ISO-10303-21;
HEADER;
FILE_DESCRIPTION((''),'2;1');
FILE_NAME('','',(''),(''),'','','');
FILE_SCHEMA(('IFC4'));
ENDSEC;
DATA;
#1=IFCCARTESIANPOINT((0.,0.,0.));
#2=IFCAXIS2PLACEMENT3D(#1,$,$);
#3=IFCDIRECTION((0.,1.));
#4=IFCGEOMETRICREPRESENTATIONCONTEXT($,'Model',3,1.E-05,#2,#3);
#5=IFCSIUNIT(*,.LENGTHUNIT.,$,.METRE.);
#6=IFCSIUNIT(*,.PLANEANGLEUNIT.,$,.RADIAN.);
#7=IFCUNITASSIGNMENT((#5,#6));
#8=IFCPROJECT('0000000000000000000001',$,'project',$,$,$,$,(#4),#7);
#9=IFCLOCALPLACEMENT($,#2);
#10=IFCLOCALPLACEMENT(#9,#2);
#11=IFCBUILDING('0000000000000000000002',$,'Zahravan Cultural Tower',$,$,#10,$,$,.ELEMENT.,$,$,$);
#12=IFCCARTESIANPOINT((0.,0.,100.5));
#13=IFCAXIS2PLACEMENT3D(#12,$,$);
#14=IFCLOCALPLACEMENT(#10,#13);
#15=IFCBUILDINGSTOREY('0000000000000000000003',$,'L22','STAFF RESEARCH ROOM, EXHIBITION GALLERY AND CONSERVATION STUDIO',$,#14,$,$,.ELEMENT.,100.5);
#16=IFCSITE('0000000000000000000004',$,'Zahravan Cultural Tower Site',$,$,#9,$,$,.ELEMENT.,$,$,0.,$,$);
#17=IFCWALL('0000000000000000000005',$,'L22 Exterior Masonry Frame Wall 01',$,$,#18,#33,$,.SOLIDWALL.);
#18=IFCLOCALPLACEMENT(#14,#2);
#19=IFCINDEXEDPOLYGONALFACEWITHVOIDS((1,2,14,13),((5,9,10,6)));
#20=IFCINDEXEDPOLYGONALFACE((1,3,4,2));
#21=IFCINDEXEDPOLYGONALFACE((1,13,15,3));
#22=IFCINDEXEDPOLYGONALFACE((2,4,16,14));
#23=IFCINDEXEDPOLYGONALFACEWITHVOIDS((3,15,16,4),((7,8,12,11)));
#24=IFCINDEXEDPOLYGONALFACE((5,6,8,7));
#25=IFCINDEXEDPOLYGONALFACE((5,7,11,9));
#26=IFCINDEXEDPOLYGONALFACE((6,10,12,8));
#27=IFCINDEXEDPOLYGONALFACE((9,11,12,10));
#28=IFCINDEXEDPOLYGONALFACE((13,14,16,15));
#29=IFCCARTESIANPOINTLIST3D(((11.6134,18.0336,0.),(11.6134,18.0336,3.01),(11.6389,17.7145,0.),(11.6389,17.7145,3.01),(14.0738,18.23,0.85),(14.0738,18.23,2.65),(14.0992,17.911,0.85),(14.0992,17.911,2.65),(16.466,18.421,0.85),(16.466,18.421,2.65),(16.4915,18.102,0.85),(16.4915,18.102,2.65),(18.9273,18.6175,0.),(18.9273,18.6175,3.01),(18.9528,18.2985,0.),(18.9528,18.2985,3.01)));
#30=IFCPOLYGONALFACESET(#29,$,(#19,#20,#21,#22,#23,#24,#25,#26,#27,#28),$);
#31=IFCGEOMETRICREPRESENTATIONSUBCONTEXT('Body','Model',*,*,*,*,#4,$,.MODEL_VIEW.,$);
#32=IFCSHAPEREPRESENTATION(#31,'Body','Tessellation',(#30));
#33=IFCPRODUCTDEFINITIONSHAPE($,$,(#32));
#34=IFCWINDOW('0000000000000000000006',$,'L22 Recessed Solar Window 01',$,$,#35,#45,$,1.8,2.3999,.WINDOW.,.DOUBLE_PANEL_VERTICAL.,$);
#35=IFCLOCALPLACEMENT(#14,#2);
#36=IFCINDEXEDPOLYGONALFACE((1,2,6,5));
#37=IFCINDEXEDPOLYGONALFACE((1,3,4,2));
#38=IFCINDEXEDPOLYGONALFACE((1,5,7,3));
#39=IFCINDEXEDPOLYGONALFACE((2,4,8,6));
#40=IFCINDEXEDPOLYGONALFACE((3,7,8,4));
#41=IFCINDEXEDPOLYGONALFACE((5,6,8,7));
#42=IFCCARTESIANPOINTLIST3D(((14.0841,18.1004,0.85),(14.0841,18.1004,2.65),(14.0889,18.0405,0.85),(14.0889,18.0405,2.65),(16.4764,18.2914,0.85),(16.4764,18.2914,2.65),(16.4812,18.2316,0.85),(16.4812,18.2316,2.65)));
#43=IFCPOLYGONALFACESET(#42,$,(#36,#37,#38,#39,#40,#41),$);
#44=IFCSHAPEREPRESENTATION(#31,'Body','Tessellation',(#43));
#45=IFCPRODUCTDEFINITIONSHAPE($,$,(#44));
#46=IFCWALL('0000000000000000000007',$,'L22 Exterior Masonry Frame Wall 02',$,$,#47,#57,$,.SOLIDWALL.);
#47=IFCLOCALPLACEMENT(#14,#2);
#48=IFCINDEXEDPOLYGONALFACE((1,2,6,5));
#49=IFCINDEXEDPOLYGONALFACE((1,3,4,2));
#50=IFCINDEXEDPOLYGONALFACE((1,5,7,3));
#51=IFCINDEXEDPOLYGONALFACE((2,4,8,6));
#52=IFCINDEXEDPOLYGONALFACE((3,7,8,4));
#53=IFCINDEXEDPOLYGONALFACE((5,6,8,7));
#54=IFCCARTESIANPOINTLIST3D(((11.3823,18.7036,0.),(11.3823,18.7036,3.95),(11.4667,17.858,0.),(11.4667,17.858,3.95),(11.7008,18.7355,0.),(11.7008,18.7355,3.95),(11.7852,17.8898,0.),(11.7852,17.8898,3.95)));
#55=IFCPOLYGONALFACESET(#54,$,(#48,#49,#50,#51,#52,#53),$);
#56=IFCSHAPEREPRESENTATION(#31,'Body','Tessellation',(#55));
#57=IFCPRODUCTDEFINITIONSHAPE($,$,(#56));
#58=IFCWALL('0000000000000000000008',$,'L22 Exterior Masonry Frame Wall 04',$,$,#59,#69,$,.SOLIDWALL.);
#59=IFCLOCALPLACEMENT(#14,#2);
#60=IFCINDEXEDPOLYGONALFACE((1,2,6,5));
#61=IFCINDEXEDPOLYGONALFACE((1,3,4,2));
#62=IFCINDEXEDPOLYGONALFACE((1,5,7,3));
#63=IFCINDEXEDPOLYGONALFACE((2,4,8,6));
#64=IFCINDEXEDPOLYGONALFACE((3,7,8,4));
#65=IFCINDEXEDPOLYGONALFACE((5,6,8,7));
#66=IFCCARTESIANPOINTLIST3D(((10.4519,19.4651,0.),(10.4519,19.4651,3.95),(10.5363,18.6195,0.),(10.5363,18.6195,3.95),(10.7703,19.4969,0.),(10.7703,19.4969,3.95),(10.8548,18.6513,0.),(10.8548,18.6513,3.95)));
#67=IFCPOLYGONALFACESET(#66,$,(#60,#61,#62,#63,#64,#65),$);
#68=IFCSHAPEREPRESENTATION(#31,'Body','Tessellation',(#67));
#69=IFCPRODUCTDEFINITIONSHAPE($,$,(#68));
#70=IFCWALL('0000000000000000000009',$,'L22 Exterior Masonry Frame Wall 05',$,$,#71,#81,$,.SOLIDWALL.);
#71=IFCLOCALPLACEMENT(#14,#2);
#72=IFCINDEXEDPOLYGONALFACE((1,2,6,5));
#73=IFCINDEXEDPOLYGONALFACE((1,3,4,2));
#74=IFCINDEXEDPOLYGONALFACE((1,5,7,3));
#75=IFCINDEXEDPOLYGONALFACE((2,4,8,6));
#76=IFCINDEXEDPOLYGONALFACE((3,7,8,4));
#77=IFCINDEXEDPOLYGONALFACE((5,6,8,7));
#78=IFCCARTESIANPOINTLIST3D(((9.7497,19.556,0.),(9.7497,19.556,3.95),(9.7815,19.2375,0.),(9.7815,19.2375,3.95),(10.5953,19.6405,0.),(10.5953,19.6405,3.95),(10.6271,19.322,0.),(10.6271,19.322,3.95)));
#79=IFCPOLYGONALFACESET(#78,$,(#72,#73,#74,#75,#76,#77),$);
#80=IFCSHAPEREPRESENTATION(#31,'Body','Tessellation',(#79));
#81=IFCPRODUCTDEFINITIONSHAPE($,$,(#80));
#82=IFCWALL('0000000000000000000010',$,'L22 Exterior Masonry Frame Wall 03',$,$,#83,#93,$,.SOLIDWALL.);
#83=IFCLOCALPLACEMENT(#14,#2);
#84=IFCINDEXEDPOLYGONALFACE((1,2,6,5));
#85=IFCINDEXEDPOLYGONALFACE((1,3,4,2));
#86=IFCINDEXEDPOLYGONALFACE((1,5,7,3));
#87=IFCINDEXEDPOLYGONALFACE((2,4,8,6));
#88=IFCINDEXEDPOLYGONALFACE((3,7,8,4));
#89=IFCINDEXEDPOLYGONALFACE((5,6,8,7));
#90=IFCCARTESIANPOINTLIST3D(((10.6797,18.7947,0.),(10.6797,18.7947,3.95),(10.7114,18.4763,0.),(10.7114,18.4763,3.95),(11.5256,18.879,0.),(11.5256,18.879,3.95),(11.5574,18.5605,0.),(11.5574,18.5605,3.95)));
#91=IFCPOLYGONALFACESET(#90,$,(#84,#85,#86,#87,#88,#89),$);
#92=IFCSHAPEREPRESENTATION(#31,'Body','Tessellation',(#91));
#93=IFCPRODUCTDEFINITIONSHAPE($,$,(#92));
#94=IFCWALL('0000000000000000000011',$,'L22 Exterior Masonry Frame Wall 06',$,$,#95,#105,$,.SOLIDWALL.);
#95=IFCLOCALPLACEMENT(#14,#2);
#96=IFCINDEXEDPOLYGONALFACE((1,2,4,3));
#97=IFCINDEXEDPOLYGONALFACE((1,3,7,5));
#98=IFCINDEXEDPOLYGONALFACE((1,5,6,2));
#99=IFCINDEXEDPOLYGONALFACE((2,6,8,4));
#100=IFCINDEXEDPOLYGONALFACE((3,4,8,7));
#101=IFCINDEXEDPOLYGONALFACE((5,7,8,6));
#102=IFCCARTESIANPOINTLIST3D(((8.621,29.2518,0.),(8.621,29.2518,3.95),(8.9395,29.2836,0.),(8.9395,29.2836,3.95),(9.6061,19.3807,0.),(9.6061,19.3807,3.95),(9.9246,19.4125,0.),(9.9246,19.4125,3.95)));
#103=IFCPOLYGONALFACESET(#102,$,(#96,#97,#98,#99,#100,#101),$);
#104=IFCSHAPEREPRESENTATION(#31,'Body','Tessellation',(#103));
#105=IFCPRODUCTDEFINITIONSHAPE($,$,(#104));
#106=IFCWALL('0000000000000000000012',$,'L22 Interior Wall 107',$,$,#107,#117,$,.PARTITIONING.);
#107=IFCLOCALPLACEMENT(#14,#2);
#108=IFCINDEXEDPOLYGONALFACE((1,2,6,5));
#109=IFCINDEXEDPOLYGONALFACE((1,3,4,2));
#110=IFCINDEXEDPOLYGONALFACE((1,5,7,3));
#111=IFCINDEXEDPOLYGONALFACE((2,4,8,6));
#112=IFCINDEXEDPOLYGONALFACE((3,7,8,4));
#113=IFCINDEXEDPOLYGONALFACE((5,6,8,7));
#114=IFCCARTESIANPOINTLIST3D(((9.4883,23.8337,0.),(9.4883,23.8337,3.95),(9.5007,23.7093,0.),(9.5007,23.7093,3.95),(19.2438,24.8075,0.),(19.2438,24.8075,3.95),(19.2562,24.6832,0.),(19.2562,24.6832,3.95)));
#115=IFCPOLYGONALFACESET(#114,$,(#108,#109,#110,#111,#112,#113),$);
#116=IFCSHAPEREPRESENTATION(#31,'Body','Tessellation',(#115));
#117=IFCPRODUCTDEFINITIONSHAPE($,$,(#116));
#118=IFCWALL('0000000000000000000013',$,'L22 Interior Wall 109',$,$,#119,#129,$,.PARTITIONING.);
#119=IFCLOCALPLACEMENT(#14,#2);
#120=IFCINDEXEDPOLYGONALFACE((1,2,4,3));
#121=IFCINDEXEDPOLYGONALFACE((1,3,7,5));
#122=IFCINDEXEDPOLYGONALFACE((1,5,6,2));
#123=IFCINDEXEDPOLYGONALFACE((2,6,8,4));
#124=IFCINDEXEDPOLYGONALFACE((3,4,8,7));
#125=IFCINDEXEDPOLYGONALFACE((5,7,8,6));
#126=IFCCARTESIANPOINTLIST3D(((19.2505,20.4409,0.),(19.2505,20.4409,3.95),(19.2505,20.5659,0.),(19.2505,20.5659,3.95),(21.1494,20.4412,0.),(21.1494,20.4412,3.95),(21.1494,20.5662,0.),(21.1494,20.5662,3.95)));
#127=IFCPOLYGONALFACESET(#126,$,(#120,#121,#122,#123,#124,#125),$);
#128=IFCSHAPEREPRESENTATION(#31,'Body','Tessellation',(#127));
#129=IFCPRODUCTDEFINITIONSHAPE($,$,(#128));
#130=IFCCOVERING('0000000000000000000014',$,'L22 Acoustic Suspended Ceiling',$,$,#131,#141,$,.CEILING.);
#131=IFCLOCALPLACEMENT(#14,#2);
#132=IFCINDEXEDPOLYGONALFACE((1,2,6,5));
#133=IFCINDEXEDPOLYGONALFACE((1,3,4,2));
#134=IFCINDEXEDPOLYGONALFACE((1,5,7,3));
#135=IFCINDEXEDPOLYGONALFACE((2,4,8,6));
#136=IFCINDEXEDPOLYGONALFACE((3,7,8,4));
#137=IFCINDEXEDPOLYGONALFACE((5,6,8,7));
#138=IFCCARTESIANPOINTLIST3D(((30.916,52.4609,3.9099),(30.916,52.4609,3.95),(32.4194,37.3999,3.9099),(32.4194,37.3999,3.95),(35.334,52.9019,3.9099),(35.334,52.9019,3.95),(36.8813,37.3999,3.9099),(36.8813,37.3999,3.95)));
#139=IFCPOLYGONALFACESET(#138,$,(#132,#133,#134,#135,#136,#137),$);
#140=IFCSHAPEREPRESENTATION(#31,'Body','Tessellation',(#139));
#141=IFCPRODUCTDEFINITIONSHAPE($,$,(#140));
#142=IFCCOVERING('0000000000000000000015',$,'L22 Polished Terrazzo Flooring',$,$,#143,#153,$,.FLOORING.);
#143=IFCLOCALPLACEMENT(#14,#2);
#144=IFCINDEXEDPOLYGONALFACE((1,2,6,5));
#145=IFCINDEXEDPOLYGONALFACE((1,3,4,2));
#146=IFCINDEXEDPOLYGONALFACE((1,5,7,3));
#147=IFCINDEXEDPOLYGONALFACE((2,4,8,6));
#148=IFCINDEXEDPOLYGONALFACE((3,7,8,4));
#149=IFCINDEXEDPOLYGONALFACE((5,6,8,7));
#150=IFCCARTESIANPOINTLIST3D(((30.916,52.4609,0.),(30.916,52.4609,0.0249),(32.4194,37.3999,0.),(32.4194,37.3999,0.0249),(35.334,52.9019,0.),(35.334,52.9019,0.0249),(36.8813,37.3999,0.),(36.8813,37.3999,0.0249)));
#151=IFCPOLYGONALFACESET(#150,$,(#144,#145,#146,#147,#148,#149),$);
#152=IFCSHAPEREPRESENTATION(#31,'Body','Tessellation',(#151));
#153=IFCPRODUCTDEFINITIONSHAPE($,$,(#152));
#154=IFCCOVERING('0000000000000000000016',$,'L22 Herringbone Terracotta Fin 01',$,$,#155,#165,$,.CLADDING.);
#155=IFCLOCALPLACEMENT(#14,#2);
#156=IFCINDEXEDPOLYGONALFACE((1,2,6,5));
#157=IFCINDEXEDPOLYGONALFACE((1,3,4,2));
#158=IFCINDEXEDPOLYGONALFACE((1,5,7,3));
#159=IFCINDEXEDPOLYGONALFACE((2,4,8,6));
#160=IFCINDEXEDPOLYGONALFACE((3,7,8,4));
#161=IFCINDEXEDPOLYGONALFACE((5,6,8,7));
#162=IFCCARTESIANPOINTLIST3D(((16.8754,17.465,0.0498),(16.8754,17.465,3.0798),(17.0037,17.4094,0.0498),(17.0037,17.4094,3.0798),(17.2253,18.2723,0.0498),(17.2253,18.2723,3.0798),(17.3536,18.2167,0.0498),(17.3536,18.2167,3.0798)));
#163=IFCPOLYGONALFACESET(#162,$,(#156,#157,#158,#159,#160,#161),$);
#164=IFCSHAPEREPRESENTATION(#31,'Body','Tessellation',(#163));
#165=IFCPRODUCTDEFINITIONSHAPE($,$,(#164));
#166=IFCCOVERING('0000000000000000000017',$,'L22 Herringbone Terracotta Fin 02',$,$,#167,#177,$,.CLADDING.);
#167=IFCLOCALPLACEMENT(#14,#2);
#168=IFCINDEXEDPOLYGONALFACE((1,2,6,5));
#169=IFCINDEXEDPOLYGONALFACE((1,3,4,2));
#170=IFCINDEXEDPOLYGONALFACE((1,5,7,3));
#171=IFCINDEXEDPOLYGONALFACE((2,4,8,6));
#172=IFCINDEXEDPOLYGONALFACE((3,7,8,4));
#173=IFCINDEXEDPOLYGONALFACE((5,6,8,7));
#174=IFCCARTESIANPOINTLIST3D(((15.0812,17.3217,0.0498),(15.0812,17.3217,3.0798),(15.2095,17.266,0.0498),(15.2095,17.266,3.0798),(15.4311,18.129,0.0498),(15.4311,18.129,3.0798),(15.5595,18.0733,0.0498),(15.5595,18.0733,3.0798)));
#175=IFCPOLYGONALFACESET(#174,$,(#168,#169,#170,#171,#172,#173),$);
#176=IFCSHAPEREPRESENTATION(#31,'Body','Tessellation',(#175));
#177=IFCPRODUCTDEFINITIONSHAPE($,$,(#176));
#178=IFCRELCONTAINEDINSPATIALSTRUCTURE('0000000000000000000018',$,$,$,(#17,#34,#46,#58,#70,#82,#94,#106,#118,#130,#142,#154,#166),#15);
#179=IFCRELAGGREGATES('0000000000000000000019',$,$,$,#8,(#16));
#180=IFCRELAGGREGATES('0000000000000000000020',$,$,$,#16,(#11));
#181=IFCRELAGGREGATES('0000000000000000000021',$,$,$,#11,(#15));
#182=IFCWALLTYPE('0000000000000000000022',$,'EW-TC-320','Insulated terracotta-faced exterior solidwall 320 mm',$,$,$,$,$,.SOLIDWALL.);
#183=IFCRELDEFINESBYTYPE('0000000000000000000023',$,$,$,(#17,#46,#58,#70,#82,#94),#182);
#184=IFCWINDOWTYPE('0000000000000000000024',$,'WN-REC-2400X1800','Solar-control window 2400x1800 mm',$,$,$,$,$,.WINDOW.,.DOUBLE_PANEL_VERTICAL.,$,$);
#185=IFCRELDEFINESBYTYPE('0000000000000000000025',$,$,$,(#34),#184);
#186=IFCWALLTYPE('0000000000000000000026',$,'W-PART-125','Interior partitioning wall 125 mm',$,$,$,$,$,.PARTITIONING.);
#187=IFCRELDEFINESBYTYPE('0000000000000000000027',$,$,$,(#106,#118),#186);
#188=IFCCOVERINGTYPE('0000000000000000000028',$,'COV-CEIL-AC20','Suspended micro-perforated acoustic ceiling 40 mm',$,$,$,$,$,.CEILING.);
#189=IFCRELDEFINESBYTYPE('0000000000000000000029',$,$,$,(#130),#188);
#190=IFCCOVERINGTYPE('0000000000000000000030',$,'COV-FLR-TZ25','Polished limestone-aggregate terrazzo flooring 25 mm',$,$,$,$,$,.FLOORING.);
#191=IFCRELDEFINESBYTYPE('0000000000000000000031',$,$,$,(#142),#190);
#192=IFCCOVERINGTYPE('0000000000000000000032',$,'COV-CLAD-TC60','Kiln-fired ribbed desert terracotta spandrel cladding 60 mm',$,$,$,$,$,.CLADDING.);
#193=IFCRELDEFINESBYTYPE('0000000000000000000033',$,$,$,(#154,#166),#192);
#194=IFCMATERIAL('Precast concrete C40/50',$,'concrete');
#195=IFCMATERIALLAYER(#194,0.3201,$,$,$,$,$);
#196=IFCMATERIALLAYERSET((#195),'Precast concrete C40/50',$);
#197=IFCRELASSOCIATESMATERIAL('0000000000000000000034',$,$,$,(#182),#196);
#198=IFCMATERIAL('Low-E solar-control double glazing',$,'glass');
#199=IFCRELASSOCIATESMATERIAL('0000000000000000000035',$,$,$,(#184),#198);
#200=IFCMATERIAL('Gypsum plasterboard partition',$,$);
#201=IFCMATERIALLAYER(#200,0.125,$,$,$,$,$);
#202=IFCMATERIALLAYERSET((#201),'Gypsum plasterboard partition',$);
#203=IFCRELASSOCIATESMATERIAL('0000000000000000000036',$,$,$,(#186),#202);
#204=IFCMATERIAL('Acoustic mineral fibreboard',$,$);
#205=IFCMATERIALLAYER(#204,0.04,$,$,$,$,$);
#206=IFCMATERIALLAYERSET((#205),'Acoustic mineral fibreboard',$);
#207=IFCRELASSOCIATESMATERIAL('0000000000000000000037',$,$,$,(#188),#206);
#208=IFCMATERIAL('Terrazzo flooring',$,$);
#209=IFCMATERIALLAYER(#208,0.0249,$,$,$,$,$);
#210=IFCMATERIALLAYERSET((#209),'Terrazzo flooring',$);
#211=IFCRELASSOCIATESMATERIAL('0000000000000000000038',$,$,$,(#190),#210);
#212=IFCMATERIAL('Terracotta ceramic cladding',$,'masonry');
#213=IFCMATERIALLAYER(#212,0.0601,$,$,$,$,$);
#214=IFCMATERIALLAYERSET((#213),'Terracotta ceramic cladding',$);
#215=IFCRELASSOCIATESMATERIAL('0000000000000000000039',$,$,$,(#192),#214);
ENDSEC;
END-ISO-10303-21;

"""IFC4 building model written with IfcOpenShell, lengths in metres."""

from ifc_helpers import new_model, si_unit, direction, frame, frame_2d, origin, origin_2d, place, context, subcontext, project, spatial, polyline, rectangle, outline, extrude, source, transform, mapped, material, layer, layer_set, type_object, element, fill, save


model = new_model("IFC4")

# Units and contexts
model_context = context("Model", 3, precision=1e-05, world=origin(), true_north=direction((0.0, 1.0)))
body_context = subcontext(model_context, "Body", "Model", "MODEL_VIEW")
ifc_project = project(units=[si_unit("LENGTHUNIT", "METRE"), si_unit("PLANEANGLEUNIT", "RADIAN")], contexts=[model_context])

# Site, building, storey
site_placement = place(None, origin())
site = spatial("IfcSite", under=ifc_project, at=site_placement, Name="Zahravan Cultural Tower Site", CompositionType="ELEMENT", RefElevation=0.0)
building_placement = place(site_placement, origin())
building = spatial("IfcBuilding", under=site, at=building_placement, Name="Zahravan Cultural Tower", CompositionType="ELEMENT")
storey_placement = place(building_placement, frame((0.0, 0.0, 100.5)))
storey = spatial("IfcBuildingStorey", under=building, at=storey_placement, Name="L22", Description="STAFF RESEARCH ROOM, EXHIBITION GALLERY AND CONSERVATION STUDIO", CompositionType="ELEMENT", Elevation=100.5)

# Wall, opening, window
ifc_material_1 = material(Name="Precast concrete C40/50", Category="concrete")
ifc_layer_1 = layer(ifc_material_1, 0.3201)
ifc_layer_set_1 = layer_set([ifc_layer_1], Name="Precast concrete C40/50")
wall_type_1 = type_object("IfcWallType", Name="EW-TC-320", Description="Insulated terracotta-faced exterior solidwall 320 mm", PredefinedType="SOLIDWALL", material=ifc_layer_set_1)
wall_1_placement = place(storey_placement, frame((18.9399, 18.458, 0.0), z_axis=(0.0, 0.0, 1.0), x_axis=(-0.996828, -0.079592, 0.0)))
wall_1 = element("IfcWall", 1, at=wall_1_placement, inside=storey, type_object=wall_type_1, Name="L22 Exterior Masonry Frame Wall 01", PredefinedType="SOLIDWALL", context=body_context, shape_type="SweptSolid", body=[
    extrude(rectangle(XDim=7.3372, YDim=0.3201, at=frame_2d((3.6685, 0.0))), origin(), (0.0, 0.0, 1.0), 3.01),
])
opening_placement = place(wall_1_placement, frame((2.469, 0.0, 0.8501)))
opening = element("IfcOpeningElement", 2, at=opening_placement, cuts=wall_1, PredefinedType="OPENING", context=body_context, shape_type="SweptSolid", body=[
    extrude(rectangle(XDim=2.3999, YDim=1.8, at=frame_2d((1.2, 0.8999))), frame((0.0, 0.1699, 0.0), z_axis=(0.0, -1.0, 0.0), x_axis=(1.0, 0.0, 0.0)), (0.0, 0.0, 1.0), 0.3401),
])
ifc_material_2 = material(Name="Low-E solar-control double glazing", Category="glass")
window_type = type_object("IfcWindowType", Name="WN-REC-2400X1800", Description="Solar-control window 2400x1800 mm", PartitioningType="DOUBLE_PANEL_VERTICAL", PredefinedType="WINDOW", material=ifc_material_2)
shared_shape_1 = source(origin(), body_context, "Body", "SweptSolid", [
    extrude(rectangle(XDim=2.3999, YDim=1.8, at=frame_2d((1.2, 0.8999))), frame((0.0, 0.03, 0.0), z_axis=(0.0, -1.0, 0.0), x_axis=(1.0, 0.0, 0.0)), (0.0, 0.0, 1.0), 0.0601),
])
window_placement = place(opening_placement, origin())
window = element("IfcWindow", 3, at=window_placement, inside=storey, type_object=window_type, Name="L22 Recessed Solar Window 01", OverallHeight=1.8, OverallWidth=2.3999, PartitioningType="DOUBLE_PANEL_VERTICAL", PredefinedType="WINDOW", context=body_context, shape_type="MappedRepresentation", body=[
    mapped(shared_shape_1, transform((0.0, 0.0, 0.0), x_axis=(1.0, 0.0, 0.0), y_axis=(0.0, 1.0, 0.0), z_axis=(0.0, 0.0, 1.0), scale=1.0)),
])
fill(opening, window)

# Walls
shared_shape_2 = source(origin(), body_context, "Body", "SweptSolid", [
    extrude(rectangle(XDim=0.8499, YDim=0.3201, at=frame_2d((0.4248, 0.0))), origin(), (0.0, 0.0, 1.0), 3.95),
])
for number, where, z_axis, x_axis, name in (
    (4, (11.626, 17.874, 0.0), (0.0, 0.0, 1.0), (-0.09939, 0.995049, 0.0), "L22 Exterior Masonry Frame Wall 02"),
    (5, (10.6956, 18.6355, 0.0), (0.0, 0.0, 1.0), (-0.09939, 0.995049, 0.0), "L22 Exterior Masonry Frame Wall 04"),
    (6, (10.6111, 19.4812, 0.0), (0.0, 0.0, 1.0), (-0.995049, -0.09939, 0.0), "L22 Exterior Masonry Frame Wall 05"),
):
    element("IfcWall", number, at=place(storey_placement, frame(where, z_axis=z_axis, x_axis=x_axis)), inside=storey, type_object=wall_type_1, Name=name, PredefinedType="SOLIDWALL", context=body_context, shape_type="MappedRepresentation", body=[
        mapped(shared_shape_2, transform((0.0, 0.0, 0.0), x_axis=(1.0, 0.0, 0.0), y_axis=(0.0, 1.0, 0.0), z_axis=(0.0, 0.0, 1.0), scale=1.0)),
    ])
shared_shape_3 = source(origin(), body_context, "Body", "SweptSolid", [
    extrude(rectangle(XDim=0.8501, YDim=0.3201, at=frame_2d((0.425, 0.0))), origin(), (0.0, 0.0, 1.0), 3.95),
])
wall_2_placement = place(storey_placement, frame((11.5415, 18.7197, 0.0), z_axis=(0.0, 0.0, 1.0), x_axis=(-0.99508, -0.099077, 0.0)))
element("IfcWall", 7, at=wall_2_placement, inside=storey, type_object=wall_type_1, Name="L22 Exterior Masonry Frame Wall 03", PredefinedType="SOLIDWALL", context=body_context, shape_type="MappedRepresentation", body=[
    mapped(shared_shape_3, transform((0.0, 0.0, 0.0), x_axis=(1.0, 0.0, 0.0), y_axis=(0.0, 1.0, 0.0), z_axis=(0.0, 0.0, 1.0), scale=1.0)),
])
shared_shape_4 = source(origin(), body_context, "Body", "SweptSolid", [
    extrude(rectangle(XDim=9.9202, YDim=0.3201, at=frame_2d((4.96, 0.0))), origin(), (0.0, 0.0, 1.0), 3.95),
])
wall_3_placement = place(storey_placement, frame((9.7654, 19.3967, 0.0), z_axis=(0.0, 0.0, 1.0), x_axis=(-0.099304, 0.995057, 0.0)))
element("IfcWall", 8, at=wall_3_placement, inside=storey, type_object=wall_type_1, Name="L22 Exterior Masonry Frame Wall 06", PredefinedType="SOLIDWALL", context=body_context, shape_type="MappedRepresentation", body=[
    mapped(shared_shape_4, transform((0.0, 0.0, 0.0), x_axis=(1.0, 0.0, 0.0), y_axis=(0.0, 1.0, 0.0), z_axis=(0.0, 0.0, 1.0), scale=1.0)),
])
ifc_material_3 = material(Name="Gypsum plasterboard partition")
ifc_layer_2 = layer(ifc_material_3, 0.125)
ifc_layer_set_2 = layer_set([ifc_layer_2], Name="Gypsum plasterboard partition")
wall_type_2 = type_object("IfcWallType", Name="W-PART-125", Description="Interior partitioning wall 125 mm", PredefinedType="PARTITIONING", material=ifc_layer_set_2)
shared_shape_5 = source(origin(), body_context, "Body", "SweptSolid", [
    extrude(rectangle(XDim=9.804, YDim=0.125, at=frame_2d((4.9019, 0.0))), origin(), (0.0, 0.0, 1.0), 3.95),
])
wall_4_placement = place(storey_placement, frame((9.4946, 23.7715, 0.0), z_axis=(0.0, 0.0, 1.0), x_axis=(0.995054, 0.099336, 0.0)))
element("IfcWall", 9, at=wall_4_placement, inside=storey, type_object=wall_type_2, Name="L22 Interior Wall 107", PredefinedType="PARTITIONING", context=body_context, shape_type="MappedRepresentation", body=[
    mapped(shared_shape_5, transform((0.0, 0.0, 0.0), x_axis=(1.0, 0.0, 0.0), y_axis=(0.0, 1.0, 0.0), z_axis=(0.0, 0.0, 1.0), scale=1.0)),
])
shared_shape_6 = source(origin(), body_context, "Body", "SweptSolid", [
    extrude(rectangle(XDim=1.8989, YDim=0.125, at=frame_2d((0.9495, 0.0))), origin(), (0.0, 0.0, 1.0), 3.95),
])
wall_5_placement = place(storey_placement, frame((19.2505, 20.5034, 0.0), z_axis=(0.0, 0.0, 1.0), x_axis=(1.0, 0.000129, 0.0)))
element("IfcWall", 10, at=wall_5_placement, inside=storey, type_object=wall_type_2, Name="L22 Interior Wall 109", PredefinedType="PARTITIONING", context=body_context, shape_type="MappedRepresentation", body=[
    mapped(shared_shape_6, transform((0.0, 0.0, 0.0), x_axis=(1.0, 0.0, 0.0), y_axis=(0.0, 1.0, 0.0), z_axis=(0.0, 0.0, 1.0), scale=1.0)),
])

# Coverings
ifc_material_4 = material(Name="Acoustic mineral fibreboard")
ifc_layer_3 = layer(ifc_material_4, 0.04)
ifc_layer_set_3 = layer_set([ifc_layer_3], Name="Acoustic mineral fibreboard")
covering_type_1 = type_object("IfcCoveringType", Name="COV-CEIL-AC20", Description="Suspended micro-perforated acoustic ceiling 40 mm", PredefinedType="CEILING", material=ifc_layer_set_3)
covering_1_placement = place(storey_placement, frame((0.0, 0.0, 3.9099)))
element("IfcCovering", 11, at=covering_1_placement, inside=storey, type_object=covering_type_1, Name="L22 Acoustic Suspended Ceiling", PredefinedType="CEILING", context=body_context, shape_type="SweptSolid", body=[
    extrude(outline(polyline([(30.916, 52.4609), (32.4194, 37.3999), (36.8813, 37.3999), (35.334, 52.9019), (30.916, 52.4609)])), origin(), (0.0, 0.0, 1.0), 0.04),
])
ifc_material_5 = material(Name="Terrazzo flooring")
ifc_layer_4 = layer(ifc_material_5, 0.0249)
ifc_layer_set_4 = layer_set([ifc_layer_4], Name="Terrazzo flooring")
covering_type_2 = type_object("IfcCoveringType", Name="COV-FLR-TZ25", Description="Polished limestone-aggregate terrazzo flooring 25 mm", PredefinedType="FLOORING", material=ifc_layer_set_4)
covering_2_placement = place(storey_placement, origin())
element("IfcCovering", 12, at=covering_2_placement, inside=storey, type_object=covering_type_2, Name="L22 Polished Terrazzo Flooring", PredefinedType="FLOORING", context=body_context, shape_type="SweptSolid", body=[
    extrude(outline(polyline([(30.916, 52.4609), (32.4194, 37.3999), (36.8813, 37.3999), (35.334, 52.9019), (30.916, 52.4609)])), origin(), (0.0, 0.0, 1.0), 0.0249),
])
ifc_material_6 = material(Name="Terracotta ceramic cladding", Category="masonry")
ifc_layer_5 = layer(ifc_material_6, 0.0601)
ifc_layer_set_5 = layer_set([ifc_layer_5], Name="Terracotta ceramic cladding")
covering_type_3 = type_object("IfcCoveringType", Name="COV-CLAD-TC60", Description="Kiln-fired ribbed desert terracotta spandrel cladding 60 mm", PredefinedType="CLADDING", material=ifc_layer_set_5)
shared_shape_7 = source(origin(), body_context, "Body", "SweptSolid", [
    extrude(rectangle(XDim=0.8799, YDim=0.1399, at=origin_2d()), origin(), (0.0, 0.0, 1.0), 3.03),
])
for number, where, z_axis, x_axis, name in (
    (13, (17.1145, 17.8408, 0.0498), (0.0, 0.0, 1.0), (-0.397708, -0.917512, 0.0), "L22 Herringbone Terracotta Fin 01"),
    (14, (15.3203, 17.6975, 0.0498), (0.0, 0.0, 1.0), (-0.397708, -0.917512, 0.0), "L22 Herringbone Terracotta Fin 02"),
):
    element("IfcCovering", number, at=place(storey_placement, frame(where, z_axis=z_axis, x_axis=x_axis)), inside=storey, type_object=covering_type_3, Name=name, PredefinedType="CLADDING", context=body_context, shape_type="MappedRepresentation", body=[
        mapped(shared_shape_7, transform((0.0, 0.0, 0.0), x_axis=(1.0, 0.0, 0.0), y_axis=(0.0, 1.0, 0.0), z_axis=(0.0, 0.0, 1.0), scale=1.0)),
    ])

save(model, "model.ifc")
